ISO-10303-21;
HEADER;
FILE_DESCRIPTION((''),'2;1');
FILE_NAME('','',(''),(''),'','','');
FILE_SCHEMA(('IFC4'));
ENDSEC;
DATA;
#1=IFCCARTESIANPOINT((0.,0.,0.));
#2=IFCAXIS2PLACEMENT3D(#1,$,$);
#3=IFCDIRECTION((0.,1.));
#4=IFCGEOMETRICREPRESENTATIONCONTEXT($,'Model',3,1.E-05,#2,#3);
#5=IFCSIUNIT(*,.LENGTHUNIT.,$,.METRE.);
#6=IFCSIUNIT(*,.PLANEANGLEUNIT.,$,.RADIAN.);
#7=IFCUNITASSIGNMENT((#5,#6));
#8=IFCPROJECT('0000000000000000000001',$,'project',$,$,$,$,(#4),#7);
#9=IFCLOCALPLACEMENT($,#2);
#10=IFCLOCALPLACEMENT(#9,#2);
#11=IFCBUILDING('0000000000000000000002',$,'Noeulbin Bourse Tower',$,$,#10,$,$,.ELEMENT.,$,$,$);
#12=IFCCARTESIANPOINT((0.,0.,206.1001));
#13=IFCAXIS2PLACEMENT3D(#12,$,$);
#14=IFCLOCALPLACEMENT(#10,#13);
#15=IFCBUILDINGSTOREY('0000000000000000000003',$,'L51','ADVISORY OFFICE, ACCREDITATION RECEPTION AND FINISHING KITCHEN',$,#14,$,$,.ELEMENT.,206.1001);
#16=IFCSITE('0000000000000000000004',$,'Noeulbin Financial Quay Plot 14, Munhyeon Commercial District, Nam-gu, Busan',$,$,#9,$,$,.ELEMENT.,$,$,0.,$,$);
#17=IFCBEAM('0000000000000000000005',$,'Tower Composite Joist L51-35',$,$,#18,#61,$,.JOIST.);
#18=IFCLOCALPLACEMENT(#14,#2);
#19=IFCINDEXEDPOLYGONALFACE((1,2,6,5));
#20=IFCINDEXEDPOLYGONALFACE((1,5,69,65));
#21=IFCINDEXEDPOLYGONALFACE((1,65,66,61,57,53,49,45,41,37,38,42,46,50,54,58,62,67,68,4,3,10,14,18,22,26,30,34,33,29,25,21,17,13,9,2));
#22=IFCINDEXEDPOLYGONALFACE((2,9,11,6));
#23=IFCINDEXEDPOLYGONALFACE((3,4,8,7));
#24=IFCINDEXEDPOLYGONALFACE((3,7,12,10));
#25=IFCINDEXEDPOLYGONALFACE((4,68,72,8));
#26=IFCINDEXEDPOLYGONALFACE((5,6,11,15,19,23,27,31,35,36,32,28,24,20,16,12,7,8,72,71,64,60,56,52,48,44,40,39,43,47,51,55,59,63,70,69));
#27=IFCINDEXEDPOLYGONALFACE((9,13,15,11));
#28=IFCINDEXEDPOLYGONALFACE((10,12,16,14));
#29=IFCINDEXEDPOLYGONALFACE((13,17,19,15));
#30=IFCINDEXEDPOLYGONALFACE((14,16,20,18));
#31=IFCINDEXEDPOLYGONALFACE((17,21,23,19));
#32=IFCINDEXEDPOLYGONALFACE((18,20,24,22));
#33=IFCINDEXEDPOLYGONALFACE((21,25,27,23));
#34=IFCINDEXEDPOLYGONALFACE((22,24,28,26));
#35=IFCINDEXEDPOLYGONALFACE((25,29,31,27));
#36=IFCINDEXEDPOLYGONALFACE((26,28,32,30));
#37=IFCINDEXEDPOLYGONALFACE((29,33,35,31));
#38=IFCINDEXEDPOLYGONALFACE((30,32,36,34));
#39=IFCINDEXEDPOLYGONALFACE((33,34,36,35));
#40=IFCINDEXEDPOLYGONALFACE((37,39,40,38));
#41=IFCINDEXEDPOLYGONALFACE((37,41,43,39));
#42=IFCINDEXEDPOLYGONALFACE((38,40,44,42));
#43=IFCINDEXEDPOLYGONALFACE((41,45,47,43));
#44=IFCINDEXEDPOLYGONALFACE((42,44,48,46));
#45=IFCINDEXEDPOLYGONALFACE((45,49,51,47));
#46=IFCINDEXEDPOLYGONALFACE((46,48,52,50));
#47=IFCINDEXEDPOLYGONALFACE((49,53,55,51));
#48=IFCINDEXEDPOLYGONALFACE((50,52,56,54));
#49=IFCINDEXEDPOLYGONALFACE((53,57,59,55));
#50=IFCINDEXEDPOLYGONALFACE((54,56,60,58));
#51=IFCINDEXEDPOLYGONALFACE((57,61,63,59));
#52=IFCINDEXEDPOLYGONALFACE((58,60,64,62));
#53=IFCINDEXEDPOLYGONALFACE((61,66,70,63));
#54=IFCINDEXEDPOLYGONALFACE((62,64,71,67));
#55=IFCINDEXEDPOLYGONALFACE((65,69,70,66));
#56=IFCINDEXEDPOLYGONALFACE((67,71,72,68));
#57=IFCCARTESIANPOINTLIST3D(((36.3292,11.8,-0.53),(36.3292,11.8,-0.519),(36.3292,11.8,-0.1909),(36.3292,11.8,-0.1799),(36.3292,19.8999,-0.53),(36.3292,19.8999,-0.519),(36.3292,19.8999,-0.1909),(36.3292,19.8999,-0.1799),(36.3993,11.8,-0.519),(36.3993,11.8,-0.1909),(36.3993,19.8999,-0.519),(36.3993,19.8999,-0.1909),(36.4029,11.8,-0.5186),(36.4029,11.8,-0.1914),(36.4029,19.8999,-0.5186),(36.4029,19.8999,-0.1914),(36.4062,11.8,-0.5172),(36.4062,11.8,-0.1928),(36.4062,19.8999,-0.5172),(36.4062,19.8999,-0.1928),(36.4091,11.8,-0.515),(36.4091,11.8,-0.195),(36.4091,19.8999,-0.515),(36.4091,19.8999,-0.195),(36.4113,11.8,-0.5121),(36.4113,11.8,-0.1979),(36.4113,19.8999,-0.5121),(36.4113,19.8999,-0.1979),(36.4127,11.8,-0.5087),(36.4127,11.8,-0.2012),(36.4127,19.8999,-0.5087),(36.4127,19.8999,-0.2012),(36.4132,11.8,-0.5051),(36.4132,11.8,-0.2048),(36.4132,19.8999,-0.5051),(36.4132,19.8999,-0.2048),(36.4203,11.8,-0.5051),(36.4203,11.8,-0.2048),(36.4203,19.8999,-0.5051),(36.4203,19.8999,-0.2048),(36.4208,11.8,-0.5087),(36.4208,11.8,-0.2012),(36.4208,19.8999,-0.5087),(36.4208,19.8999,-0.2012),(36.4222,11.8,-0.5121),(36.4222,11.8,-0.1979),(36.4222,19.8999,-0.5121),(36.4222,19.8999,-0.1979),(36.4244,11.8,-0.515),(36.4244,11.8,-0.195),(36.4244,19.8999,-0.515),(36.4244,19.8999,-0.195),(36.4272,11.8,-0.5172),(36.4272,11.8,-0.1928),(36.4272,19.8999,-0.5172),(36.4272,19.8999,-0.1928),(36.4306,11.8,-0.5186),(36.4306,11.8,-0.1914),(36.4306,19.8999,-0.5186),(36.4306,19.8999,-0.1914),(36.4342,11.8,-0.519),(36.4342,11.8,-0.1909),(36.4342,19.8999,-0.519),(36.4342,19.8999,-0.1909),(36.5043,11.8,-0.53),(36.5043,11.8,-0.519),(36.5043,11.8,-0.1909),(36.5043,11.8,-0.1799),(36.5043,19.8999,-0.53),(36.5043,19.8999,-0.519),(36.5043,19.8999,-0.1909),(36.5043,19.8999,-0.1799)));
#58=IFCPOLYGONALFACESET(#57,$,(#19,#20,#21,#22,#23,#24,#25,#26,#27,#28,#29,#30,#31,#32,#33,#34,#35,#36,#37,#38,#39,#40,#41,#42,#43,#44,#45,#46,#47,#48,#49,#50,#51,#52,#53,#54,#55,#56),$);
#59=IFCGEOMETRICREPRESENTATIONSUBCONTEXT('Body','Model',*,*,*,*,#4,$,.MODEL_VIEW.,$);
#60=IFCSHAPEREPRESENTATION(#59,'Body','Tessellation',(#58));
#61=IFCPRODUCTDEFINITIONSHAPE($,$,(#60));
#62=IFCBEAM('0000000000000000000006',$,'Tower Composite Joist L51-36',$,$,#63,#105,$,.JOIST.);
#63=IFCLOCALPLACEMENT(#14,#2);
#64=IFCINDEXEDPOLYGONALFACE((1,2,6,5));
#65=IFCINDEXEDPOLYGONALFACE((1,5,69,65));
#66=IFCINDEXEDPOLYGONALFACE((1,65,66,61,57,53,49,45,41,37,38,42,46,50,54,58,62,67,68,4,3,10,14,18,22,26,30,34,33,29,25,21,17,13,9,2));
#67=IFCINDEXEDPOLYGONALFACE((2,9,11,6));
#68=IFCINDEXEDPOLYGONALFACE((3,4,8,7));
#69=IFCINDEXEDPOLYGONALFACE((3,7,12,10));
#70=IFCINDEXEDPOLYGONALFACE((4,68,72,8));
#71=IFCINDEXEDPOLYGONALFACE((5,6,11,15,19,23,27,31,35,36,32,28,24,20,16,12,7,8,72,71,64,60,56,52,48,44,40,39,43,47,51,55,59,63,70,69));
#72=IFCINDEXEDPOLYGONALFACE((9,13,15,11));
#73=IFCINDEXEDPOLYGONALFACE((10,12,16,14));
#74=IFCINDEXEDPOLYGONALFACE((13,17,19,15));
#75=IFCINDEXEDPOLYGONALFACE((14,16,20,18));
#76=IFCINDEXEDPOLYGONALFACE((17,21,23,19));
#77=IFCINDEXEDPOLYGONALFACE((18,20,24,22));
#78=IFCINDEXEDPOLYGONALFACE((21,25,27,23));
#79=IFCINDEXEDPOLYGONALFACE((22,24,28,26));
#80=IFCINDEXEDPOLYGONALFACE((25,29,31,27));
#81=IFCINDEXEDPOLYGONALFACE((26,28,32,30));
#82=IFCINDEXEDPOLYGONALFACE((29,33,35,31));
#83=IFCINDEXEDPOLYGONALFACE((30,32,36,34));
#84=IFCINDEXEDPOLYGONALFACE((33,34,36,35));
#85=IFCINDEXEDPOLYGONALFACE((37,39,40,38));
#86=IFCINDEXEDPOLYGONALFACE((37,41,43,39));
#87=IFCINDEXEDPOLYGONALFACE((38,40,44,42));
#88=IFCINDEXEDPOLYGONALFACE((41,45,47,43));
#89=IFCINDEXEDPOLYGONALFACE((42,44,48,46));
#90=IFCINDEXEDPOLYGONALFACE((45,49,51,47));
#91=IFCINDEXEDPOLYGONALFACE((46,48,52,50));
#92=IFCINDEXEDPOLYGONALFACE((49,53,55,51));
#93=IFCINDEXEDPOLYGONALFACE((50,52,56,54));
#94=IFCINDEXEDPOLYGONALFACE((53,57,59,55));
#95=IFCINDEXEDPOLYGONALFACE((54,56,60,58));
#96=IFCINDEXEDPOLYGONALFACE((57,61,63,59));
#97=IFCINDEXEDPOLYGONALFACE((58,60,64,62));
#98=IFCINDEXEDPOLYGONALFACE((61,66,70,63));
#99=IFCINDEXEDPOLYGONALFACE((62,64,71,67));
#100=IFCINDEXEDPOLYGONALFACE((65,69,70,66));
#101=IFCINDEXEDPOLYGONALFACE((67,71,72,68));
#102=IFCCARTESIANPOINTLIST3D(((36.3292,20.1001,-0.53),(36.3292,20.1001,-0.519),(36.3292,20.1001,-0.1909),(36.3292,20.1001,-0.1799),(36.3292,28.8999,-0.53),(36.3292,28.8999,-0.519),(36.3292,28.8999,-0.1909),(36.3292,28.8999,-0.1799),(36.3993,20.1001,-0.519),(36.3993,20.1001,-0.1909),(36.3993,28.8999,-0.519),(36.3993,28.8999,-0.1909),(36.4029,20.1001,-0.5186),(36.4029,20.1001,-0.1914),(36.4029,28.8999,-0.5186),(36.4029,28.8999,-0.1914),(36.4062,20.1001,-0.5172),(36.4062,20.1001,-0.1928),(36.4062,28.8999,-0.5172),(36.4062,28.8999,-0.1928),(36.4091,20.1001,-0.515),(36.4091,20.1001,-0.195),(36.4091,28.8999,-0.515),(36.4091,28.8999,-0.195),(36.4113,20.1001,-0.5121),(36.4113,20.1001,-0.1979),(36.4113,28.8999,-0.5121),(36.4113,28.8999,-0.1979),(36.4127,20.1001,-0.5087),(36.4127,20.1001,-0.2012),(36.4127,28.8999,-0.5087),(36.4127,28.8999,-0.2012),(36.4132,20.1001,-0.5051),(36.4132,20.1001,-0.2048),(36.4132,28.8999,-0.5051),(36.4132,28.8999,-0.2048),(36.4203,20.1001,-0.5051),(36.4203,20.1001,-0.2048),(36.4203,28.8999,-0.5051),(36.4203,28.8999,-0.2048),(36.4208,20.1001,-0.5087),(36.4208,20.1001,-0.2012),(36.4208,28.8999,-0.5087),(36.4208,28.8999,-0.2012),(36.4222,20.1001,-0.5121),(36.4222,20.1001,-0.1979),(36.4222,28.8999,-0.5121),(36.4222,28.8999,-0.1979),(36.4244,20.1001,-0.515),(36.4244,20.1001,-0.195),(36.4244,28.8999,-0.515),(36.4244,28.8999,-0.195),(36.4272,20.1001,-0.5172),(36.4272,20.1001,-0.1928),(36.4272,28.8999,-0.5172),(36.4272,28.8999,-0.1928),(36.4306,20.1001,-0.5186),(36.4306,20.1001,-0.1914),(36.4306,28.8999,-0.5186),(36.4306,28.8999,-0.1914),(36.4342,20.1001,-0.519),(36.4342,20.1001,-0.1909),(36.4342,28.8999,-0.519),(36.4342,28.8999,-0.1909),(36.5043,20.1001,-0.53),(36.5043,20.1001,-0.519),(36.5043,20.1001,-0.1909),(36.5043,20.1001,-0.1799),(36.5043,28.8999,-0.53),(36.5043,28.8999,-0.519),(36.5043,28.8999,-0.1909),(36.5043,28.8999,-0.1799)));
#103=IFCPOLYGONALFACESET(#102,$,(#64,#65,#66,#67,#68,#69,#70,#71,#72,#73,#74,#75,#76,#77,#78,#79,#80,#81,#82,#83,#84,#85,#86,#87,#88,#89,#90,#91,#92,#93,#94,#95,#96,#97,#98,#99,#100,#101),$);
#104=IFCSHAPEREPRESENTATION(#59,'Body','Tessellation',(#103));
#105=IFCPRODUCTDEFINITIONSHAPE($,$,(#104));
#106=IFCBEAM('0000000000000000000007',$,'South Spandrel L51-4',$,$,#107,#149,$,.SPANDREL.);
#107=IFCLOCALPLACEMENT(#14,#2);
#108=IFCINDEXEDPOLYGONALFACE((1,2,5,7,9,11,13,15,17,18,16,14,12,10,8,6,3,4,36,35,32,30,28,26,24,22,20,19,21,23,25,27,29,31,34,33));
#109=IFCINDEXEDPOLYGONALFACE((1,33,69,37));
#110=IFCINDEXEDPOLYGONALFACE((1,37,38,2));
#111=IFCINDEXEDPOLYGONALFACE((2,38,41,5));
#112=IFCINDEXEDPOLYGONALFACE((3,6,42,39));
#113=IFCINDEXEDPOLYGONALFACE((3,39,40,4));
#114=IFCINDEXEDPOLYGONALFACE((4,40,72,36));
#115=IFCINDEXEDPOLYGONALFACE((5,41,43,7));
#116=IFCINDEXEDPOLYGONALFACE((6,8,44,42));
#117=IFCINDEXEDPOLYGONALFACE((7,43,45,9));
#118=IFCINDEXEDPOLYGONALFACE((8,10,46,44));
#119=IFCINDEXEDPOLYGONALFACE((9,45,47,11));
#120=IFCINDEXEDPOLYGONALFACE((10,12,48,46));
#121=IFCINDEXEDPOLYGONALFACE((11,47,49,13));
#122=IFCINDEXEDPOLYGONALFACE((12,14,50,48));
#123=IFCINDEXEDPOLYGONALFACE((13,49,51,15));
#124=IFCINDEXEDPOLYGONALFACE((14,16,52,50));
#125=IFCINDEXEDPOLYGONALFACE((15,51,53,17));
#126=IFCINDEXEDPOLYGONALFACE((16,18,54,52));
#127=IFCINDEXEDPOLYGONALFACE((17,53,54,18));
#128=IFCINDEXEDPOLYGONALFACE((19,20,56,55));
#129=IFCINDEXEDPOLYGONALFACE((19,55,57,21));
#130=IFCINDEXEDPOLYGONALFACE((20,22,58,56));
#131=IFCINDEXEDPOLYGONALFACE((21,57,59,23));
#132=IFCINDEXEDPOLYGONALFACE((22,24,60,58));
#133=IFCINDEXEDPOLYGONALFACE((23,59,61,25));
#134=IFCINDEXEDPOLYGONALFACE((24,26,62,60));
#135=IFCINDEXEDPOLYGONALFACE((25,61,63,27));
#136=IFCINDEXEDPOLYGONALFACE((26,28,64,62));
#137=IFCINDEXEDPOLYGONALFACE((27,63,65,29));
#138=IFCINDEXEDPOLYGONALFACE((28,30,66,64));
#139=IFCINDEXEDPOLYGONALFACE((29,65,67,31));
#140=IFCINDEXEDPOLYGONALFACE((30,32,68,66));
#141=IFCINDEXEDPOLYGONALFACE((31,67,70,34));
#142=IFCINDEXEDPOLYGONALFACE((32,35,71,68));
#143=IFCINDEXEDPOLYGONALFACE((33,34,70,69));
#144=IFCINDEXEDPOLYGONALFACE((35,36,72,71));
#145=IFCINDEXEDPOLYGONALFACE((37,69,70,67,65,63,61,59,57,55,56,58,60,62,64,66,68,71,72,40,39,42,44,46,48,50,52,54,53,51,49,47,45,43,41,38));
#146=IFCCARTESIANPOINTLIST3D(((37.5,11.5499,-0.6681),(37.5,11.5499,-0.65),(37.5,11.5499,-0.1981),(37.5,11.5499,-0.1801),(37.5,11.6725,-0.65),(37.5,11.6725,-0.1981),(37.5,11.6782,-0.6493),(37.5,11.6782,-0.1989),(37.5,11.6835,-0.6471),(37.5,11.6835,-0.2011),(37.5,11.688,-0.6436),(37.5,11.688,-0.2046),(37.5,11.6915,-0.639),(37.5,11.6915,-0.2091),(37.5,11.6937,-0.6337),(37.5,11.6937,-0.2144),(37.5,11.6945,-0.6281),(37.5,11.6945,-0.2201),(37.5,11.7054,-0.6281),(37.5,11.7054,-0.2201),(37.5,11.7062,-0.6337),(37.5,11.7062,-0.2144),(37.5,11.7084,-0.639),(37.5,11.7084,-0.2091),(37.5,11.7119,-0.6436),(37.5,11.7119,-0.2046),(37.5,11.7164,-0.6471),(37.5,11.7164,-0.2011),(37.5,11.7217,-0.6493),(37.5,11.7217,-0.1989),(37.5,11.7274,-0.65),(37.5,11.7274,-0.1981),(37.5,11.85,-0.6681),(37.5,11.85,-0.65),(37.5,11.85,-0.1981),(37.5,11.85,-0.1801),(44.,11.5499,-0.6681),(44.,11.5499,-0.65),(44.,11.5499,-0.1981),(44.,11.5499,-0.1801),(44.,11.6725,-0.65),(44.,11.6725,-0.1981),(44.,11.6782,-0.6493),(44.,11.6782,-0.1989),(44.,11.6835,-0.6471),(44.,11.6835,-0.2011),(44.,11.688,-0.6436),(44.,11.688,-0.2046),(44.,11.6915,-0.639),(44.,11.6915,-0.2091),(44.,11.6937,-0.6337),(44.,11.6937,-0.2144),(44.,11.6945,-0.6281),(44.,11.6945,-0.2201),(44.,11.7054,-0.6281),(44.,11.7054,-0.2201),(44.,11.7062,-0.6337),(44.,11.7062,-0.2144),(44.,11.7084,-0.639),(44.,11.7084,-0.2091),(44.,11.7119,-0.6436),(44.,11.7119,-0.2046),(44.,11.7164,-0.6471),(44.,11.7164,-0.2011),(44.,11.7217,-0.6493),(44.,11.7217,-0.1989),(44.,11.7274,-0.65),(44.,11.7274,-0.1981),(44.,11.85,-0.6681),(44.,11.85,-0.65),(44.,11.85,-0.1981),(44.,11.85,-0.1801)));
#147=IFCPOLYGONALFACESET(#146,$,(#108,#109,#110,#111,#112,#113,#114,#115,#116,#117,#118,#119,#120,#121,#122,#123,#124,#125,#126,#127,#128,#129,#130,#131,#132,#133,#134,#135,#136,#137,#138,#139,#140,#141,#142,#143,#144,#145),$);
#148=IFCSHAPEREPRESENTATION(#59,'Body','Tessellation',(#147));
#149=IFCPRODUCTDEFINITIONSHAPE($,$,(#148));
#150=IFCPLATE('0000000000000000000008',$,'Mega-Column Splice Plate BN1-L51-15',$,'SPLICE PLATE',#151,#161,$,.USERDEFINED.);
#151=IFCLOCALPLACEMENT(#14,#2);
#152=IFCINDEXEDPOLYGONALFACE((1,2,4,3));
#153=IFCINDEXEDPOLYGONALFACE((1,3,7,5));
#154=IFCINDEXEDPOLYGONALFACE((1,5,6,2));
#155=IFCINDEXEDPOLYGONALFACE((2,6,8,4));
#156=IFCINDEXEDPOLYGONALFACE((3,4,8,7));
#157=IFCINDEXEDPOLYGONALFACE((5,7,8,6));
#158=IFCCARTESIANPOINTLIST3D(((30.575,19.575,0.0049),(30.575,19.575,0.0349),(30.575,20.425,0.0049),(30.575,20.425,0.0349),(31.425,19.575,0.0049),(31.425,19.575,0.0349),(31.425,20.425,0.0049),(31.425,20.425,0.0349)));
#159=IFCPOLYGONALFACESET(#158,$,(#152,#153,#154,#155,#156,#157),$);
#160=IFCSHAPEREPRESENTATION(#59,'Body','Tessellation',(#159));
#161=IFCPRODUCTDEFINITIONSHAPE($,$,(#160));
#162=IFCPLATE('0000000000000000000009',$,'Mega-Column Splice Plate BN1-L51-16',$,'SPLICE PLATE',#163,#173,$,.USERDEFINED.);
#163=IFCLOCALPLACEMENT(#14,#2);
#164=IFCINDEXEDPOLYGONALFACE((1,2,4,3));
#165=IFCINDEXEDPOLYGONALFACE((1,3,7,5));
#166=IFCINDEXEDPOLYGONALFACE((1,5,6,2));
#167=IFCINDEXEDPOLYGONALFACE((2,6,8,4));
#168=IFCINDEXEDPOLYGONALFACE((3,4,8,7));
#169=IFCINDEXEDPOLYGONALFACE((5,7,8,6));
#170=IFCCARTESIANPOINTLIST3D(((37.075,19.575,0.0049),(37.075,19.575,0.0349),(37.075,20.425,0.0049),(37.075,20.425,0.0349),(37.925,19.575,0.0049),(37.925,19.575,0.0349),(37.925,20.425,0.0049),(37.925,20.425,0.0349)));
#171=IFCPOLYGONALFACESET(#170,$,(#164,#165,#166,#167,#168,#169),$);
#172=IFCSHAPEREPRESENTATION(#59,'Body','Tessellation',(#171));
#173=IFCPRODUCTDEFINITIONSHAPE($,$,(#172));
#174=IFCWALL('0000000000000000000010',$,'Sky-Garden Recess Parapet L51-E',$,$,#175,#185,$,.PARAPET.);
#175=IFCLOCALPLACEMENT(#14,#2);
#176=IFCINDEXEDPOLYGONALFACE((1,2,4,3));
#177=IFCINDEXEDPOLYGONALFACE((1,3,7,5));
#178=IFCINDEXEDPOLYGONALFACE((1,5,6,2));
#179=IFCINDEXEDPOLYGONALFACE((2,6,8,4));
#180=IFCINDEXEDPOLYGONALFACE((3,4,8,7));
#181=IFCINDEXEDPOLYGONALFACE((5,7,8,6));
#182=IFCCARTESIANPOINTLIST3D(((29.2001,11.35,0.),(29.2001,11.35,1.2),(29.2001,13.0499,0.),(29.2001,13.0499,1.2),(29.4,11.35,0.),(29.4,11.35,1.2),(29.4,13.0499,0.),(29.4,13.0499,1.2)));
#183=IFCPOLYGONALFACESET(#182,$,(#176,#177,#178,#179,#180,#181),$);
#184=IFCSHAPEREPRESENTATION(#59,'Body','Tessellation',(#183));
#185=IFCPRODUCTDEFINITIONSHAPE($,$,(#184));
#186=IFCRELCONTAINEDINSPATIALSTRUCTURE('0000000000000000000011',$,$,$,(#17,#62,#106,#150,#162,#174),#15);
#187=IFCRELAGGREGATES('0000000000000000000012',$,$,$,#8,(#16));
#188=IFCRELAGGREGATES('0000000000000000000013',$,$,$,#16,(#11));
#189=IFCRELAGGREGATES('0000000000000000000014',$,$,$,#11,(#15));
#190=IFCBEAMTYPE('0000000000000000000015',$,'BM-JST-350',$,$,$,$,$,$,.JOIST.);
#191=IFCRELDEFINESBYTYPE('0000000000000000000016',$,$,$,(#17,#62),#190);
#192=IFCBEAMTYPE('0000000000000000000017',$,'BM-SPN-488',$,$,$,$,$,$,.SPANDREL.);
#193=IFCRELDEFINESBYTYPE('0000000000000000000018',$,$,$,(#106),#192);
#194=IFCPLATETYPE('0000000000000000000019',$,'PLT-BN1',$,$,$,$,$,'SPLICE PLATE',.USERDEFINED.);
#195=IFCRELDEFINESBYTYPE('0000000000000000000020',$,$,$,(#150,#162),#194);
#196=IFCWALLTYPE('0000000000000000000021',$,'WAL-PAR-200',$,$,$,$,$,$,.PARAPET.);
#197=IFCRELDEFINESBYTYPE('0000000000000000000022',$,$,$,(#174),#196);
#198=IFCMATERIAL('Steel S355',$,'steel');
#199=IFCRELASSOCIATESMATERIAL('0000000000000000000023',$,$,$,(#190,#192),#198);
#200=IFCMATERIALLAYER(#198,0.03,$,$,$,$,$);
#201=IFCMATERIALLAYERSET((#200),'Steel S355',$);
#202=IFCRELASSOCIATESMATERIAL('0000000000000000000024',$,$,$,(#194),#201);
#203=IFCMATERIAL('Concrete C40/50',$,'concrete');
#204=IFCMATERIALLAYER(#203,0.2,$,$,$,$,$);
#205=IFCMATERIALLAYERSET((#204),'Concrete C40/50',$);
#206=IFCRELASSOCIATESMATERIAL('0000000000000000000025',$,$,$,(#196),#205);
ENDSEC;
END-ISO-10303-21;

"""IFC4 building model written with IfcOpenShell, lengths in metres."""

from ifc_helpers import new_model, si_unit, direction, frame, frame_2d, origin, origin_2d, place, context, subcontext, project, spatial, rectangle, i_section, extrude, material, layer, layer_set, material_profile, profile_set, type_object, element, save


model = new_model("IFC4")

# Units and contexts
model_context = context("Model", 3, precision=1e-05, world=origin(), true_north=direction((0.0, 1.0)))
body_context = subcontext(model_context, "Body", "Model", "MODEL_VIEW")
ifc_project = project(units=[si_unit("LENGTHUNIT", "METRE"), si_unit("PLANEANGLEUNIT", "RADIAN")], contexts=[model_context])

# Site, building, storey
site_placement = place(None, origin())
site = spatial("IfcSite", under=ifc_project, at=site_placement, Name="Noeulbin Financial Quay Plot 14, Munhyeon Commercial District, Nam-gu, Busan", CompositionType="ELEMENT", RefElevation=0.0)
building_placement = place(site_placement, origin())
building = spatial("IfcBuilding", under=site, at=building_placement, Name="Noeulbin Bourse Tower", CompositionType="ELEMENT")
storey_placement = place(building_placement, frame((0.0, 0.0, 206.1001)))
storey = spatial("IfcBuildingStorey", under=building, at=storey_placement, Name="L51", Description="ADVISORY OFFICE, ACCREDITATION RECEPTION AND FINISHING KITCHEN", CompositionType="ELEMENT", Elevation=206.1001)

# Shared definitions
ifc_material_1 = material(Name="Steel S355", Category="steel")

# Beams
ifc_material_profile_1 = material_profile(ifc_material_1, i_section(OverallWidth=0.175, OverallDepth=0.3501, WebThickness=0.0071, FlangeThickness=0.011, FilletRadius=0.0139, at=origin_2d()), Name="H-350x175x7x11", Category="LoadBearing")
ifc_profile_set_1 = profile_set([ifc_material_profile_1], Name="Steel S355")
beam_type_1 = type_object("IfcBeamType", Name="BM-JST-350", PredefinedType="JOIST", material=ifc_profile_set_1)
beam_1_placement = place(storey_placement, frame((36.4167, 11.8, -0.355), z_axis=(0.0, 1.0, 0.0), x_axis=(-1.0, 0.0, 0.0)))
element("IfcBeam", 1, at=beam_1_placement, inside=storey, type_object=beam_type_1, Name="Tower Composite Joist L51-35", PredefinedType="JOIST", context=body_context, shape_type="SweptSolid", body=[
    extrude(i_section(OverallWidth=0.175, OverallDepth=0.3501, WebThickness=0.0071, FlangeThickness=0.011, FilletRadius=0.0139, at=origin_2d()), origin(), (0.0, 0.0, 1.0), 8.0999),
])
beam_2_placement = place(storey_placement, frame((36.4167, 20.1001, -0.355), z_axis=(0.0, 1.0, 0.0), x_axis=(-1.0, 0.0, 0.0)))
element("IfcBeam", 2, at=beam_2_placement, inside=storey, type_object=beam_type_1, Name="Tower Composite Joist L51-36", PredefinedType="JOIST", context=body_context, shape_type="SweptSolid", body=[
    extrude(i_section(OverallWidth=0.175, OverallDepth=0.3501, WebThickness=0.0071, FlangeThickness=0.011, FilletRadius=0.0139, at=origin_2d()), origin(), (0.0, 0.0, 1.0), 8.7998),
])
ifc_material_profile_2 = material_profile(ifc_material_1, i_section(OverallWidth=0.3, OverallDepth=0.488, WebThickness=0.011, FlangeThickness=0.0181, FilletRadius=0.022, at=origin_2d()), Name="H-488x300x11x18", Category="LoadBearing")
ifc_profile_set_2 = profile_set([ifc_material_profile_2], Name="Steel S355")
beam_type_2 = type_object("IfcBeamType", Name="BM-SPN-488", PredefinedType="SPANDREL", material=ifc_profile_set_2)
beam_3_placement = place(storey_placement, frame((37.5, 11.7, -0.4241), z_axis=(1.0, 0.0, 0.0), x_axis=(0.0, 1.0, 0.0)))
element("IfcBeam", 3, at=beam_3_placement, inside=storey, type_object=beam_type_2, Name="South Spandrel L51-4", PredefinedType="SPANDREL", context=body_context, shape_type="SweptSolid", body=[
    extrude(i_section(OverallWidth=0.3, OverallDepth=0.488, WebThickness=0.011, FlangeThickness=0.0181, FilletRadius=0.022, at=origin_2d()), origin(), (0.0, 0.0, 1.0), 6.5),
])

# Plates
ifc_layer_1 = layer(ifc_material_1, 0.03)
ifc_layer_set_1 = layer_set([ifc_layer_1], Name="Steel S355")
plate_type = type_object("IfcPlateType", Name="PLT-BN1", ElementType="SPLICE PLATE", PredefinedType="USERDEFINED", material=ifc_layer_set_1)
for number, where, z_axis, x_axis, name in (
    (4, (31.0, 20.0, 0.0049), (0.0, 0.0, 1.0), (1.0, 0.0, 0.0), "Mega-Column Splice Plate BN1-L51-15"),
    (5, (37.5, 20.0, 0.0049), (0.0, 0.0, 1.0), (1.0, 0.0, 0.0), "Mega-Column Splice Plate BN1-L51-16"),
):
    element("IfcPlate", number, at=place(storey_placement, frame(where, z_axis=z_axis, x_axis=x_axis)), inside=storey, type_object=plate_type, Name=name, ObjectType="SPLICE PLATE", PredefinedType="USERDEFINED", context=body_context, shape_type="SweptSolid", body=[
        extrude(rectangle(XDim=0.8501, YDim=0.8501, at=origin_2d()), origin(), (0.0, 0.0, 1.0), 0.03),
    ])

# Wall
ifc_material_2 = material(Name="Concrete C40/50", Category="concrete")
ifc_layer_2 = layer(ifc_material_2, 0.2)
ifc_layer_set_2 = layer_set([ifc_layer_2], Name="Concrete C40/50")
wall_type = type_object("IfcWallType", Name="WAL-PAR-200", PredefinedType="PARAPET", material=ifc_layer_set_2)
wall_placement = place(storey_placement, frame((29.3, 13.05, 0.0), z_axis=(0.0, 0.0, 1.0), x_axis=(0.0, -1.0, 0.0)))
element("IfcWall", 6, at=wall_placement, inside=storey, type_object=wall_type, Name="Sky-Garden Recess Parapet L51-E", PredefinedType="PARAPET", context=body_context, shape_type="SweptSolid", body=[
    extrude(rectangle(XDim=1.7, YDim=0.2, at=frame_2d((0.8501, 0.0))), origin(), (0.0, 0.0, 1.0), 1.2),
])

save(model, "model.ifc")
